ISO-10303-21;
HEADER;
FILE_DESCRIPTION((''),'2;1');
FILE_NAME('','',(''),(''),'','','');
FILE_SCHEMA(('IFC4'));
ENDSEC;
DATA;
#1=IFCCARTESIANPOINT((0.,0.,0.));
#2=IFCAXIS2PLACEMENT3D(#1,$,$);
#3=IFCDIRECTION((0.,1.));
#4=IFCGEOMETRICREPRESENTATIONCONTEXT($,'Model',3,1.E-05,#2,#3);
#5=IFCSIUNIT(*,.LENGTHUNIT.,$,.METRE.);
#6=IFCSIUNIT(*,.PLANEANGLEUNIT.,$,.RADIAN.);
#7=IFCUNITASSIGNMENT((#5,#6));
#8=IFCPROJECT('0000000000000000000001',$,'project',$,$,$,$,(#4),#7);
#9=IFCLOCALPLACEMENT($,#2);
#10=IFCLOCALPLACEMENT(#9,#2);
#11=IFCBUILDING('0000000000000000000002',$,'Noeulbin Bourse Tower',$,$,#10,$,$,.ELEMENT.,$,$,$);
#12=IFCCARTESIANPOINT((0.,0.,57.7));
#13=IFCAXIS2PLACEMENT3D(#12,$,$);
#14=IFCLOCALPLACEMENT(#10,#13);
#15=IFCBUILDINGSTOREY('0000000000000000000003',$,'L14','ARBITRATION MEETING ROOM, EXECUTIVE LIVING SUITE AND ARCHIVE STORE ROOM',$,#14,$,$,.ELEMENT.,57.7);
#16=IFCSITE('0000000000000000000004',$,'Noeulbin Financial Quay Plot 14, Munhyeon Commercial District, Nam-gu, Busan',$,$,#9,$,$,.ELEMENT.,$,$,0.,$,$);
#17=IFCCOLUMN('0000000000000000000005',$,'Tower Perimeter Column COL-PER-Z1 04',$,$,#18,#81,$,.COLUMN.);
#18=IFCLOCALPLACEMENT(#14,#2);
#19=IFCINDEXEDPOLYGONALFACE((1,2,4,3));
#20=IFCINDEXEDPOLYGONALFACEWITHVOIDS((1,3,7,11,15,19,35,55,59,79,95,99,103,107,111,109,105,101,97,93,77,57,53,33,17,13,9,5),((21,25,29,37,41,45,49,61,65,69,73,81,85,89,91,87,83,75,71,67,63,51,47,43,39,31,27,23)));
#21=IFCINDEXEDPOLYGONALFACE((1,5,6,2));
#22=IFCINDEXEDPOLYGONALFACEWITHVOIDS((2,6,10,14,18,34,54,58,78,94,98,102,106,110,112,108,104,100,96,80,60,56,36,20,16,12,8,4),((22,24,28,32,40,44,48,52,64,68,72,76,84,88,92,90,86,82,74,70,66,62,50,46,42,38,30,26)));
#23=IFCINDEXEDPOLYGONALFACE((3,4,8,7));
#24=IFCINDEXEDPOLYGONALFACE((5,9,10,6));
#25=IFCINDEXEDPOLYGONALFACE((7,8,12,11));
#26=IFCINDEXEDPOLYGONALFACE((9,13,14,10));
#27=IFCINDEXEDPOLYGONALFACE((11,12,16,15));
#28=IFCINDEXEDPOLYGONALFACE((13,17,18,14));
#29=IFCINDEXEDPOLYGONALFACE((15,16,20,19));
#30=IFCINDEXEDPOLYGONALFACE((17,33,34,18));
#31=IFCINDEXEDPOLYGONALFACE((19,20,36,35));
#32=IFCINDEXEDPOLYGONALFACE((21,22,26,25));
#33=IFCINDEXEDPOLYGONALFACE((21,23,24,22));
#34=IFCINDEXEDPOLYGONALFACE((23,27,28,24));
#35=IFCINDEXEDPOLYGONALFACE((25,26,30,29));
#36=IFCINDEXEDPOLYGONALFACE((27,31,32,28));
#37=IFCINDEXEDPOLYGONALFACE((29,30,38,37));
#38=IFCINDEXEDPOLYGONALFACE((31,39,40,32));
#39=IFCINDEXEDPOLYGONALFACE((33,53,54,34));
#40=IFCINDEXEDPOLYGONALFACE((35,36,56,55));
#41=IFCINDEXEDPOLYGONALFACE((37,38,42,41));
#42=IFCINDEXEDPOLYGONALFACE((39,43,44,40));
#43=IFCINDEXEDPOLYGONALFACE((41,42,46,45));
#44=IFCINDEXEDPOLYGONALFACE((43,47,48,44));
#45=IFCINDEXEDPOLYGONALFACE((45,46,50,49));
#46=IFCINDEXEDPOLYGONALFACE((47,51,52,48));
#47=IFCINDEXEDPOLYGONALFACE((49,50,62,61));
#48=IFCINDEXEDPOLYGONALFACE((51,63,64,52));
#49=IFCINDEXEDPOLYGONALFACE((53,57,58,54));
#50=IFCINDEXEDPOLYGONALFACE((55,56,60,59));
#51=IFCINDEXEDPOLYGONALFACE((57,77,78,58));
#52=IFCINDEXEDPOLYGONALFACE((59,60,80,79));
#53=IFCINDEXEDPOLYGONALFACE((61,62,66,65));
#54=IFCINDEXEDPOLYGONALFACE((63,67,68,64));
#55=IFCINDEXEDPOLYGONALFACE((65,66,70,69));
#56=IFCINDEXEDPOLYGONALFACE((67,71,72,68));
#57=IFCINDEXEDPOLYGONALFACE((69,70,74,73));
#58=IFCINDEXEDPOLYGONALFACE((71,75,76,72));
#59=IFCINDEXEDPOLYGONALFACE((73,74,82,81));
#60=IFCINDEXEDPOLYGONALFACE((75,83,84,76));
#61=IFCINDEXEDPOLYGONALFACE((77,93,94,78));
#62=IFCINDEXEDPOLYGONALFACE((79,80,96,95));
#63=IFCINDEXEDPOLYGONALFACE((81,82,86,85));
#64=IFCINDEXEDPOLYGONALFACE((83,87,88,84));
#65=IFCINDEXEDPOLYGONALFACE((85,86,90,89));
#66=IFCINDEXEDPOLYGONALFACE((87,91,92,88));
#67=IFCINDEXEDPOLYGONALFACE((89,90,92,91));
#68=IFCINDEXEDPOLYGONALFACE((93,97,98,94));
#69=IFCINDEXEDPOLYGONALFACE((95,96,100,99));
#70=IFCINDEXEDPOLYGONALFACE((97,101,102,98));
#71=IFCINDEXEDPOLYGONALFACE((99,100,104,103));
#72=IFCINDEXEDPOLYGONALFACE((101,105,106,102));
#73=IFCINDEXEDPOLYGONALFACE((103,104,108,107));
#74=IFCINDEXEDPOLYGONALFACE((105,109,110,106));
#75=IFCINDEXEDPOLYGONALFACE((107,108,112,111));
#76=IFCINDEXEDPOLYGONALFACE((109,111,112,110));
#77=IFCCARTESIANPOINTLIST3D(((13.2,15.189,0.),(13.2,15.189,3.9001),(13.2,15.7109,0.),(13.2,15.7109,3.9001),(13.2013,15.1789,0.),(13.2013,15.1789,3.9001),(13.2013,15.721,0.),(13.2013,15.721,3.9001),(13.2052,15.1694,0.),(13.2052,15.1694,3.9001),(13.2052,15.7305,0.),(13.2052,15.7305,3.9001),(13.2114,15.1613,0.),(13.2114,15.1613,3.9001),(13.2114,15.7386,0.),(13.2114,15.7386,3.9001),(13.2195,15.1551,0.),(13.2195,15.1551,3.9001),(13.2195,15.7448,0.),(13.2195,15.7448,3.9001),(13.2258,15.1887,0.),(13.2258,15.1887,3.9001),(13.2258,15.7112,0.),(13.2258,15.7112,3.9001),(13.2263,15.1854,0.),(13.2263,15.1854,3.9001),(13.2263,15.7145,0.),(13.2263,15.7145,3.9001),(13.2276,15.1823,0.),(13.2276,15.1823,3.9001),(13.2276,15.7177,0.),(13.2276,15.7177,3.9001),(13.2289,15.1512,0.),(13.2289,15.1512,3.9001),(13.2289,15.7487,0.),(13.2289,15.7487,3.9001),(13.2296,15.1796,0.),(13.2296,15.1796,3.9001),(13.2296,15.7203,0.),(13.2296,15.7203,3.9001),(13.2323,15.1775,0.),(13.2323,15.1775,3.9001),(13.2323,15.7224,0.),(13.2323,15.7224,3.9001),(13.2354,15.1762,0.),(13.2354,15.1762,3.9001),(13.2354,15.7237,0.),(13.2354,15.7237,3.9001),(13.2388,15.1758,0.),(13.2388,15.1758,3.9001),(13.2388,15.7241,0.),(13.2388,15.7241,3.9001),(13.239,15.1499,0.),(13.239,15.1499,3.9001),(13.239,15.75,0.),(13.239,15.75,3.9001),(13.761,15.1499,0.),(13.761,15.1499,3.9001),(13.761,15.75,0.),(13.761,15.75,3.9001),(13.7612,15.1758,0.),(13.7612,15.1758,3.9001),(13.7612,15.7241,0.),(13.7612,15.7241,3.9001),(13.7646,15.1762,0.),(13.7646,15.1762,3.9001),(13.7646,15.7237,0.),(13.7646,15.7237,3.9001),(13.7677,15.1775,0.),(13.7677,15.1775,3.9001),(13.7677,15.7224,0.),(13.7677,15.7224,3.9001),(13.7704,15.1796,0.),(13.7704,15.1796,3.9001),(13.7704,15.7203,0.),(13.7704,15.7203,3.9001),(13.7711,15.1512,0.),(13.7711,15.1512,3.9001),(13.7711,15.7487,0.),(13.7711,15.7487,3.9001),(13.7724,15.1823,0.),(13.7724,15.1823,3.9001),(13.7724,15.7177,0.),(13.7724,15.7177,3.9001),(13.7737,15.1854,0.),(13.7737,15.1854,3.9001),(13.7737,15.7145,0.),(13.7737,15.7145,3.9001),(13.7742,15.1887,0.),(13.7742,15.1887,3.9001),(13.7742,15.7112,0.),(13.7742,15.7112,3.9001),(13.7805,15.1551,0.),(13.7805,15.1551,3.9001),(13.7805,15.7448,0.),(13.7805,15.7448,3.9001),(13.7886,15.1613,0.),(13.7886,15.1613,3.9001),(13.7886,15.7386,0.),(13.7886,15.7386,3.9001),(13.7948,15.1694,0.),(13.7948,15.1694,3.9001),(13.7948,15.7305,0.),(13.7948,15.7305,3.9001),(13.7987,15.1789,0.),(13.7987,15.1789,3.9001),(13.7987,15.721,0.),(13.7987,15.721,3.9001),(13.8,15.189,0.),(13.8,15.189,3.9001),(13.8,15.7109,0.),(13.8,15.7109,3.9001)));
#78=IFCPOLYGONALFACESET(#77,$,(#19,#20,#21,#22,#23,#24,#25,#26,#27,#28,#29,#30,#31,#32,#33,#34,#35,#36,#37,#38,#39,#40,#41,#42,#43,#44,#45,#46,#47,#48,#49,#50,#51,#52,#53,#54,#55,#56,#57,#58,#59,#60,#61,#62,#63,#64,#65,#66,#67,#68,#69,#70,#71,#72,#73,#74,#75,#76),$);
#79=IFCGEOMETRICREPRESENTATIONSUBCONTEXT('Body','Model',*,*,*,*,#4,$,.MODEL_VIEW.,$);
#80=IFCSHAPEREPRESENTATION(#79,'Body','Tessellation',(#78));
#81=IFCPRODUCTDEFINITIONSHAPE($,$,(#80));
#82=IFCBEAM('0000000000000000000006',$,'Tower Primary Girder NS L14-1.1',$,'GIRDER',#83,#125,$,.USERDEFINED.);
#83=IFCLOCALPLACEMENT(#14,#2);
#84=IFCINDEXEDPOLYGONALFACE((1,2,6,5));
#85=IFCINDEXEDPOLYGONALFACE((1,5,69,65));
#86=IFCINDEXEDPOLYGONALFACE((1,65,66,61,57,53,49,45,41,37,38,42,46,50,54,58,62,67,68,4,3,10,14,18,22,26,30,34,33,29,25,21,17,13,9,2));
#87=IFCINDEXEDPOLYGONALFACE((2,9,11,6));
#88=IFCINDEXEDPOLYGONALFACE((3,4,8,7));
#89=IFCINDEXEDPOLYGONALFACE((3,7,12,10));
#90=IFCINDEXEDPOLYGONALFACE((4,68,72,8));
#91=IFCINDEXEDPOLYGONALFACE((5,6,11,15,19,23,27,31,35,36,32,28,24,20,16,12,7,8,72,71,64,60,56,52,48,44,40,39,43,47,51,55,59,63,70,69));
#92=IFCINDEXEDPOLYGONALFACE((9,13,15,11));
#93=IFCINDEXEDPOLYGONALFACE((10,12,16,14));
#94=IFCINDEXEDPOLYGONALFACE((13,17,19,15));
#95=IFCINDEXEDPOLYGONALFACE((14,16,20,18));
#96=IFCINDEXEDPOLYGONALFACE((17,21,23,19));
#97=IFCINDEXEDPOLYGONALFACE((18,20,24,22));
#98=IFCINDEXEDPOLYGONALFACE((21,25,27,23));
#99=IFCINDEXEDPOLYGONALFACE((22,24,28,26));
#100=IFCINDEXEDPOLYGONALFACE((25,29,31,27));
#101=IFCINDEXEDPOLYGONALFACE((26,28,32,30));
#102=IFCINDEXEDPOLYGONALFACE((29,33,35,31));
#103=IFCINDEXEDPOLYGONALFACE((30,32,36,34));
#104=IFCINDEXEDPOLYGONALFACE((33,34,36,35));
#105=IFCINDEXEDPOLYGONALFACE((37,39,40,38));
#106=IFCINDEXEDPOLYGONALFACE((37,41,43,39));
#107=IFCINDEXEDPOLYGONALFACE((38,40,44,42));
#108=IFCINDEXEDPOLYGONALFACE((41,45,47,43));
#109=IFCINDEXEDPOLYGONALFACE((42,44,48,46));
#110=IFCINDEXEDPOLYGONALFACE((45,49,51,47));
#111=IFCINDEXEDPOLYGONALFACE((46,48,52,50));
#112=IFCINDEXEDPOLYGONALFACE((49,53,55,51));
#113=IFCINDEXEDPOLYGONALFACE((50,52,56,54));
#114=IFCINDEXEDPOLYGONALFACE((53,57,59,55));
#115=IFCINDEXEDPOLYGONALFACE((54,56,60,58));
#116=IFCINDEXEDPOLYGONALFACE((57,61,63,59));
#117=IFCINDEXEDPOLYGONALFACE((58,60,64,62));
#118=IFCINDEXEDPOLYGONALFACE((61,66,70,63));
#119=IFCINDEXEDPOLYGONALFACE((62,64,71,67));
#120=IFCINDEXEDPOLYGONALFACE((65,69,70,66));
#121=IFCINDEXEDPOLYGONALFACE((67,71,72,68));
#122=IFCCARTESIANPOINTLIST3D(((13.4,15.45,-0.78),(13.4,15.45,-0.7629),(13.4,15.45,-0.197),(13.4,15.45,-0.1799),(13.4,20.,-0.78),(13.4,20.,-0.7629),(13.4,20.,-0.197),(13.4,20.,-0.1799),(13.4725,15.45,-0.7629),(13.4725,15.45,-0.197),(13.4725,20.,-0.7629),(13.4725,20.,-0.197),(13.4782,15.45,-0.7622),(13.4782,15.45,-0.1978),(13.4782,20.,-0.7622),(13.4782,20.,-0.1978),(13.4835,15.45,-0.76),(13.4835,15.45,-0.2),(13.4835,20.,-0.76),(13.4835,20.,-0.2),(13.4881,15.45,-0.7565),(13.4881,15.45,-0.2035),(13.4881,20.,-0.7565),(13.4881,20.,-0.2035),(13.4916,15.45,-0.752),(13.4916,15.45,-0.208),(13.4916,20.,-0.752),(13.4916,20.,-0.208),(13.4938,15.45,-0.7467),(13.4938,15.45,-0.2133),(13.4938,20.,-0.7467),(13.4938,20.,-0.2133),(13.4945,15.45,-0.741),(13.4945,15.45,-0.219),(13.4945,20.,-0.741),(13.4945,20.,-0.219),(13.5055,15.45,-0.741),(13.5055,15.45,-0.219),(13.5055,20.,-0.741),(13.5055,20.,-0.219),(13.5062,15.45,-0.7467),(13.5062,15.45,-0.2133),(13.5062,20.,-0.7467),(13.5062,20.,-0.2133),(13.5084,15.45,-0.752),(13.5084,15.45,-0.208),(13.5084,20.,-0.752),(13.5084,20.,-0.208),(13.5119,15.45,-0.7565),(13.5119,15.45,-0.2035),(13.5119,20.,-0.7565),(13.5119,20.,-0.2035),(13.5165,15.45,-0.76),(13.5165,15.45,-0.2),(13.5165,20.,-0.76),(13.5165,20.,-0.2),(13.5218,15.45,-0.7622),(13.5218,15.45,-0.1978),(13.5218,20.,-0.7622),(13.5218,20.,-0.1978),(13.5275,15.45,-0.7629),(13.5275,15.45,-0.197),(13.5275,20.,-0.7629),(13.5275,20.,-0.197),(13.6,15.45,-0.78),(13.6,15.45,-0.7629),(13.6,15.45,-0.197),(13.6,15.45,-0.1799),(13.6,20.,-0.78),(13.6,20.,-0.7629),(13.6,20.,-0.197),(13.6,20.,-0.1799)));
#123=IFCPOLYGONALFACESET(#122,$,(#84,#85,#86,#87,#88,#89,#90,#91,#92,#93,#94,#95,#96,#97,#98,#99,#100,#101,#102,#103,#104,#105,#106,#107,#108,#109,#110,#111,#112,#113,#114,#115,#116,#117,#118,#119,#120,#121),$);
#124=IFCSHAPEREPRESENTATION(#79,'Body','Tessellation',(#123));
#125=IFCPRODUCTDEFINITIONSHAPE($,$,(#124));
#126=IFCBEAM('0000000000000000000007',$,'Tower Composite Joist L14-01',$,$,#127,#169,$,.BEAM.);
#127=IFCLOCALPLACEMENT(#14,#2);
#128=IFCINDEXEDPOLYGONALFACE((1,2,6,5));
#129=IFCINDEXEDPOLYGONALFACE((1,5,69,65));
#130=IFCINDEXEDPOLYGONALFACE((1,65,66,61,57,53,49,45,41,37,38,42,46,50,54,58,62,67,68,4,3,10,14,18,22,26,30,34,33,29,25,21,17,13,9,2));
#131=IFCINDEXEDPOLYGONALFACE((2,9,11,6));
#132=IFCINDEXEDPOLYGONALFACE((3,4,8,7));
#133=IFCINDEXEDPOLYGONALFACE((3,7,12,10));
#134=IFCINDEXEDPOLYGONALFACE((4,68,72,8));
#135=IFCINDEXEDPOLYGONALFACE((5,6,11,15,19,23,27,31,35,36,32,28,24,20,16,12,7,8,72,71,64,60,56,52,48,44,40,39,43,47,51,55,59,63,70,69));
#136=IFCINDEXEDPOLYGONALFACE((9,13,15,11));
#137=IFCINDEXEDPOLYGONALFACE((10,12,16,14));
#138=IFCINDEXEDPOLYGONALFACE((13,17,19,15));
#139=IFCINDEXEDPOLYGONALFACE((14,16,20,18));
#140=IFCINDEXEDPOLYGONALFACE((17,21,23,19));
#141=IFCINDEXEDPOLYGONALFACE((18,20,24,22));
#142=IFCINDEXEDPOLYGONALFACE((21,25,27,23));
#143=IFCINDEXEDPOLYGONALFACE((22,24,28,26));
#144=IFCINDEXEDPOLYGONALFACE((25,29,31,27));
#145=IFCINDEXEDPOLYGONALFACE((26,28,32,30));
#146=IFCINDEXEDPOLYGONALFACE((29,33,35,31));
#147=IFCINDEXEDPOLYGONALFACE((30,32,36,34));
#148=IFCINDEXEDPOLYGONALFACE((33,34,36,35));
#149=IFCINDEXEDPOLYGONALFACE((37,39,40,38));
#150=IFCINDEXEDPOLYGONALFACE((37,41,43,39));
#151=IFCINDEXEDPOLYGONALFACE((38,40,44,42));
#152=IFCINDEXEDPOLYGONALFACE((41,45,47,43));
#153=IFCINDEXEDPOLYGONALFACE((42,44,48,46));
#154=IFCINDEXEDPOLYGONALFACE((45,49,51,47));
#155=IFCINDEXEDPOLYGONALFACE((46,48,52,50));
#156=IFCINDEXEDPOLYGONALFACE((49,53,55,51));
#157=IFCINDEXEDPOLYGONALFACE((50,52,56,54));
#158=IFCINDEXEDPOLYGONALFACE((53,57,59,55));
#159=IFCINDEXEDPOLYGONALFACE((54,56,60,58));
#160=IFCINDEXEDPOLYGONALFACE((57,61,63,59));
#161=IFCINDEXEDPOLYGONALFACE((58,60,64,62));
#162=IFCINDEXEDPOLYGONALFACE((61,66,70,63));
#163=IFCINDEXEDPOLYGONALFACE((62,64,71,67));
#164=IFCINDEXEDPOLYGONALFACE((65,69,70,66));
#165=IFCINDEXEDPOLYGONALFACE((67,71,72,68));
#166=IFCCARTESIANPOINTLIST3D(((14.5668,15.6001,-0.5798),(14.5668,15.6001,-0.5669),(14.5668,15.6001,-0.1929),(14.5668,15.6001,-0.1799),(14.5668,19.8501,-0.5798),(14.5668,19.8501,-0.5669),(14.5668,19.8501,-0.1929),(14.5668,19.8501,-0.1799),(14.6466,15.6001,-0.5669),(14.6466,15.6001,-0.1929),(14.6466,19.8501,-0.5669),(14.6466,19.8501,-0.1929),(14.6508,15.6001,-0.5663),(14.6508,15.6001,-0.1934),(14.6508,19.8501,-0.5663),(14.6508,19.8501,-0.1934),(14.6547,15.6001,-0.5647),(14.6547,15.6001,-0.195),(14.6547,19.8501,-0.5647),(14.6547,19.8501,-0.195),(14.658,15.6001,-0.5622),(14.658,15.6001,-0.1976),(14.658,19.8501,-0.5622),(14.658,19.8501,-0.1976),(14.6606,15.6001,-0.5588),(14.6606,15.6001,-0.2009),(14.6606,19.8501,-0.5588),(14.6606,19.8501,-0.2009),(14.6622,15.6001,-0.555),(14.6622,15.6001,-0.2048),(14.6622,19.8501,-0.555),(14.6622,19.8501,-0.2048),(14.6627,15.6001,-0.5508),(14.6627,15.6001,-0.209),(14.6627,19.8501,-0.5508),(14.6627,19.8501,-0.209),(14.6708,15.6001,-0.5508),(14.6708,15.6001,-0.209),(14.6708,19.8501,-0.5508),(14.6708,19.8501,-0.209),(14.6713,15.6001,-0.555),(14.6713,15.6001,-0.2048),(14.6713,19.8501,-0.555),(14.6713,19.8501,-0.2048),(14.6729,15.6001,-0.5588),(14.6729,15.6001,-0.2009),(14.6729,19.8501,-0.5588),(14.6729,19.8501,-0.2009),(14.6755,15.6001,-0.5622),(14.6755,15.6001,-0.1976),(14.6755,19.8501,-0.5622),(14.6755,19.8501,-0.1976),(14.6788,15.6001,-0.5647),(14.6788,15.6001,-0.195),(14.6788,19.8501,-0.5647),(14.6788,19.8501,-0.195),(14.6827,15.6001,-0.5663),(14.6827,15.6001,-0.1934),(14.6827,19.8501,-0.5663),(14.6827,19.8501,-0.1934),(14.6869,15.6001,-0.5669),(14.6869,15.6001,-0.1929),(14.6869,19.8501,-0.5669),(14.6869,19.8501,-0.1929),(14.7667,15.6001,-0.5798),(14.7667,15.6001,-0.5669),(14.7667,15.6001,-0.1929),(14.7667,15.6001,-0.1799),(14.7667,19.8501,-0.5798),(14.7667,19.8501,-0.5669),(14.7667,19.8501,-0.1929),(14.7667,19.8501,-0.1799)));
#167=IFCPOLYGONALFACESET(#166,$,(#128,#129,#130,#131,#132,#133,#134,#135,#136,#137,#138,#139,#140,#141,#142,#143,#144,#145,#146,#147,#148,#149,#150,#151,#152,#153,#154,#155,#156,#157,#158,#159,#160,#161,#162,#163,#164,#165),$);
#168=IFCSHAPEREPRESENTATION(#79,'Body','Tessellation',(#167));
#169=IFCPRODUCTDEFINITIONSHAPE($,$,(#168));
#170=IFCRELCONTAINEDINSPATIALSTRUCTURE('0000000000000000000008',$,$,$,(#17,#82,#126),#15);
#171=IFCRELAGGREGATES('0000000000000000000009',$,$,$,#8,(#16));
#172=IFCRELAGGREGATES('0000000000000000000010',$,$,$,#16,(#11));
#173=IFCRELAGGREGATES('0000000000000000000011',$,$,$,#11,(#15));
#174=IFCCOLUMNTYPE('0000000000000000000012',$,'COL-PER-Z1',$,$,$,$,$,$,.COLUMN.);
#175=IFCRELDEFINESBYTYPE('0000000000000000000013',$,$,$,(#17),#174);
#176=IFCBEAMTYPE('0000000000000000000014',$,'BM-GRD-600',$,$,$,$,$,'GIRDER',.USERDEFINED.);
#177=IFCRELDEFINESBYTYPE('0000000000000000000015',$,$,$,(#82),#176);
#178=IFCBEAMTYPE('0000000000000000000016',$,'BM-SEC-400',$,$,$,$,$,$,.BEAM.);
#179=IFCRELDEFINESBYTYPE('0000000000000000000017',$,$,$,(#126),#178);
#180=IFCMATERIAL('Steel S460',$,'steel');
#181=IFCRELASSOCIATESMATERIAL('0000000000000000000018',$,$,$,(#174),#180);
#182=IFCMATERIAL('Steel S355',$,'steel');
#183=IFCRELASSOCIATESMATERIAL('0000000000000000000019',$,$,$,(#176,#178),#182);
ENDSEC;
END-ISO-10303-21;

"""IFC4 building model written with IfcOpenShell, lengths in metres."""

from ifc_helpers import new_model, si_unit, direction, frame, origin, origin_2d, place, context, subcontext, project, spatial, hollow_rectangle, i_section, extrude, material, material_profile, profile_set, type_object, element, save


model = new_model("IFC4")

# Units and contexts
model_context = context("Model", 3, precision=1e-05, world=origin(), true_north=direction((0.0, 1.0)))
body_context = subcontext(model_context, "Body", "Model", "MODEL_VIEW")
ifc_project = project(units=[si_unit("LENGTHUNIT", "METRE"), si_unit("PLANEANGLEUNIT", "RADIAN")], contexts=[model_context])

# Site, building, storey
site_placement = place(None, origin())
site = spatial("IfcSite", under=ifc_project, at=site_placement, Name="Noeulbin Financial Quay Plot 14, Munhyeon Commercial District, Nam-gu, Busan", CompositionType="ELEMENT", RefElevation=0.0)
building_placement = place(site_placement, origin())
building = spatial("IfcBuilding", under=site, at=building_placement, Name="Noeulbin Bourse Tower", CompositionType="ELEMENT")
storey_placement = place(building_placement, frame((0.0, 0.0, 57.7)))
storey = spatial("IfcBuildingStorey", under=building, at=storey_placement, Name="L14", Description="ARBITRATION MEETING ROOM, EXECUTIVE LIVING SUITE AND ARCHIVE STORE ROOM", CompositionType="ELEMENT", Elevation=57.7)

# Column
ifc_material_1 = material(Name="Steel S460", Category="steel")
ifc_material_profile_1 = material_profile(ifc_material_1, hollow_rectangle(XDim=0.6001, YDim=0.6001, WallThickness=0.0259, InnerFilletRadius=0.0129, OuterFilletRadius=0.0391, at=origin_2d()), Name="BOX-600x600x26", Category="LoadBearing")
ifc_profile_set_1 = profile_set([ifc_material_profile_1], Name="Steel S460")
column_type = type_object("IfcColumnType", Name="COL-PER-Z1", PredefinedType="COLUMN", material=ifc_profile_set_1)
column_placement = place(storey_placement, frame((13.5, 15.45, 0.0), z_axis=(0.0, 0.0, 1.0), x_axis=(1.0, 0.0, 0.0)))
element("IfcColumn", 1, at=column_placement, inside=storey, type_object=column_type, Name="Tower Perimeter Column COL-PER-Z1 04", PredefinedType="COLUMN", context=body_context, shape_type="SweptSolid", body=[
    extrude(hollow_rectangle(XDim=0.6001, YDim=0.6001, WallThickness=0.0259, InnerFilletRadius=0.0129, OuterFilletRadius=0.0391, at=origin_2d()), origin(), (0.0, 0.0, 1.0), 3.9001),
])

# Beams
ifc_material_2 = material(Name="Steel S355", Category="steel")
ifc_material_profile_2 = material_profile(ifc_material_2, i_section(OverallWidth=0.2, OverallDepth=0.6001, WebThickness=0.011, FlangeThickness=0.0171, FilletRadius=0.022, at=origin_2d()), Name="H-600x200x11x17", Category="LoadBearing")
ifc_profile_set_2 = profile_set([ifc_material_profile_2], Name="Steel S355")
beam_type_1 = type_object("IfcBeamType", Name="BM-GRD-600", ElementType="GIRDER", PredefinedType="USERDEFINED", material=ifc_profile_set_2)
beam_1_placement = place(storey_placement, frame((13.5, 15.45, -0.48), z_axis=(0.0, 1.0, 0.0), x_axis=(-1.0, 0.0, 0.0)))
element("IfcBeam", 2, at=beam_1_placement, inside=storey, type_object=beam_type_1, Name="Tower Primary Girder NS L14-1.1", ObjectType="GIRDER", PredefinedType="USERDEFINED", context=body_context, shape_type="SweptSolid", body=[
    extrude(i_section(OverallWidth=0.2, OverallDepth=0.6001, WebThickness=0.011, FlangeThickness=0.0171, FilletRadius=0.022, at=origin_2d()), origin(), (0.0, 0.0, 1.0), 4.55),
])
ifc_material_profile_3 = material_profile(ifc_material_2, i_section(OverallWidth=0.2, OverallDepth=0.3999, WebThickness=0.0081, FlangeThickness=0.0129, FilletRadius=0.0161, at=origin_2d()), Name="H-400x200x8x13", Category="LoadBearing")
ifc_profile_set_3 = profile_set([ifc_material_profile_3], Name="Steel S355")
beam_type_2 = type_object("IfcBeamType", Name="BM-SEC-400", PredefinedType="BEAM", material=ifc_profile_set_3)
beam_2_placement = place(storey_placement, frame((14.6667, 15.6001, -0.3799), z_axis=(0.0, 1.0, 0.0), x_axis=(-1.0, 0.0, 0.0)))
element("IfcBeam", 3, at=beam_2_placement, inside=storey, type_object=beam_type_2, Name="Tower Composite Joist L14-01", PredefinedType="BEAM", context=body_context, shape_type="SweptSolid", body=[
    extrude(i_section(OverallWidth=0.2, OverallDepth=0.3999, WebThickness=0.0081, FlangeThickness=0.0129, FilletRadius=0.0161, at=origin_2d()), origin(), (0.0, 0.0, 1.0), 4.25),
])

save(model, "model.ifc")
